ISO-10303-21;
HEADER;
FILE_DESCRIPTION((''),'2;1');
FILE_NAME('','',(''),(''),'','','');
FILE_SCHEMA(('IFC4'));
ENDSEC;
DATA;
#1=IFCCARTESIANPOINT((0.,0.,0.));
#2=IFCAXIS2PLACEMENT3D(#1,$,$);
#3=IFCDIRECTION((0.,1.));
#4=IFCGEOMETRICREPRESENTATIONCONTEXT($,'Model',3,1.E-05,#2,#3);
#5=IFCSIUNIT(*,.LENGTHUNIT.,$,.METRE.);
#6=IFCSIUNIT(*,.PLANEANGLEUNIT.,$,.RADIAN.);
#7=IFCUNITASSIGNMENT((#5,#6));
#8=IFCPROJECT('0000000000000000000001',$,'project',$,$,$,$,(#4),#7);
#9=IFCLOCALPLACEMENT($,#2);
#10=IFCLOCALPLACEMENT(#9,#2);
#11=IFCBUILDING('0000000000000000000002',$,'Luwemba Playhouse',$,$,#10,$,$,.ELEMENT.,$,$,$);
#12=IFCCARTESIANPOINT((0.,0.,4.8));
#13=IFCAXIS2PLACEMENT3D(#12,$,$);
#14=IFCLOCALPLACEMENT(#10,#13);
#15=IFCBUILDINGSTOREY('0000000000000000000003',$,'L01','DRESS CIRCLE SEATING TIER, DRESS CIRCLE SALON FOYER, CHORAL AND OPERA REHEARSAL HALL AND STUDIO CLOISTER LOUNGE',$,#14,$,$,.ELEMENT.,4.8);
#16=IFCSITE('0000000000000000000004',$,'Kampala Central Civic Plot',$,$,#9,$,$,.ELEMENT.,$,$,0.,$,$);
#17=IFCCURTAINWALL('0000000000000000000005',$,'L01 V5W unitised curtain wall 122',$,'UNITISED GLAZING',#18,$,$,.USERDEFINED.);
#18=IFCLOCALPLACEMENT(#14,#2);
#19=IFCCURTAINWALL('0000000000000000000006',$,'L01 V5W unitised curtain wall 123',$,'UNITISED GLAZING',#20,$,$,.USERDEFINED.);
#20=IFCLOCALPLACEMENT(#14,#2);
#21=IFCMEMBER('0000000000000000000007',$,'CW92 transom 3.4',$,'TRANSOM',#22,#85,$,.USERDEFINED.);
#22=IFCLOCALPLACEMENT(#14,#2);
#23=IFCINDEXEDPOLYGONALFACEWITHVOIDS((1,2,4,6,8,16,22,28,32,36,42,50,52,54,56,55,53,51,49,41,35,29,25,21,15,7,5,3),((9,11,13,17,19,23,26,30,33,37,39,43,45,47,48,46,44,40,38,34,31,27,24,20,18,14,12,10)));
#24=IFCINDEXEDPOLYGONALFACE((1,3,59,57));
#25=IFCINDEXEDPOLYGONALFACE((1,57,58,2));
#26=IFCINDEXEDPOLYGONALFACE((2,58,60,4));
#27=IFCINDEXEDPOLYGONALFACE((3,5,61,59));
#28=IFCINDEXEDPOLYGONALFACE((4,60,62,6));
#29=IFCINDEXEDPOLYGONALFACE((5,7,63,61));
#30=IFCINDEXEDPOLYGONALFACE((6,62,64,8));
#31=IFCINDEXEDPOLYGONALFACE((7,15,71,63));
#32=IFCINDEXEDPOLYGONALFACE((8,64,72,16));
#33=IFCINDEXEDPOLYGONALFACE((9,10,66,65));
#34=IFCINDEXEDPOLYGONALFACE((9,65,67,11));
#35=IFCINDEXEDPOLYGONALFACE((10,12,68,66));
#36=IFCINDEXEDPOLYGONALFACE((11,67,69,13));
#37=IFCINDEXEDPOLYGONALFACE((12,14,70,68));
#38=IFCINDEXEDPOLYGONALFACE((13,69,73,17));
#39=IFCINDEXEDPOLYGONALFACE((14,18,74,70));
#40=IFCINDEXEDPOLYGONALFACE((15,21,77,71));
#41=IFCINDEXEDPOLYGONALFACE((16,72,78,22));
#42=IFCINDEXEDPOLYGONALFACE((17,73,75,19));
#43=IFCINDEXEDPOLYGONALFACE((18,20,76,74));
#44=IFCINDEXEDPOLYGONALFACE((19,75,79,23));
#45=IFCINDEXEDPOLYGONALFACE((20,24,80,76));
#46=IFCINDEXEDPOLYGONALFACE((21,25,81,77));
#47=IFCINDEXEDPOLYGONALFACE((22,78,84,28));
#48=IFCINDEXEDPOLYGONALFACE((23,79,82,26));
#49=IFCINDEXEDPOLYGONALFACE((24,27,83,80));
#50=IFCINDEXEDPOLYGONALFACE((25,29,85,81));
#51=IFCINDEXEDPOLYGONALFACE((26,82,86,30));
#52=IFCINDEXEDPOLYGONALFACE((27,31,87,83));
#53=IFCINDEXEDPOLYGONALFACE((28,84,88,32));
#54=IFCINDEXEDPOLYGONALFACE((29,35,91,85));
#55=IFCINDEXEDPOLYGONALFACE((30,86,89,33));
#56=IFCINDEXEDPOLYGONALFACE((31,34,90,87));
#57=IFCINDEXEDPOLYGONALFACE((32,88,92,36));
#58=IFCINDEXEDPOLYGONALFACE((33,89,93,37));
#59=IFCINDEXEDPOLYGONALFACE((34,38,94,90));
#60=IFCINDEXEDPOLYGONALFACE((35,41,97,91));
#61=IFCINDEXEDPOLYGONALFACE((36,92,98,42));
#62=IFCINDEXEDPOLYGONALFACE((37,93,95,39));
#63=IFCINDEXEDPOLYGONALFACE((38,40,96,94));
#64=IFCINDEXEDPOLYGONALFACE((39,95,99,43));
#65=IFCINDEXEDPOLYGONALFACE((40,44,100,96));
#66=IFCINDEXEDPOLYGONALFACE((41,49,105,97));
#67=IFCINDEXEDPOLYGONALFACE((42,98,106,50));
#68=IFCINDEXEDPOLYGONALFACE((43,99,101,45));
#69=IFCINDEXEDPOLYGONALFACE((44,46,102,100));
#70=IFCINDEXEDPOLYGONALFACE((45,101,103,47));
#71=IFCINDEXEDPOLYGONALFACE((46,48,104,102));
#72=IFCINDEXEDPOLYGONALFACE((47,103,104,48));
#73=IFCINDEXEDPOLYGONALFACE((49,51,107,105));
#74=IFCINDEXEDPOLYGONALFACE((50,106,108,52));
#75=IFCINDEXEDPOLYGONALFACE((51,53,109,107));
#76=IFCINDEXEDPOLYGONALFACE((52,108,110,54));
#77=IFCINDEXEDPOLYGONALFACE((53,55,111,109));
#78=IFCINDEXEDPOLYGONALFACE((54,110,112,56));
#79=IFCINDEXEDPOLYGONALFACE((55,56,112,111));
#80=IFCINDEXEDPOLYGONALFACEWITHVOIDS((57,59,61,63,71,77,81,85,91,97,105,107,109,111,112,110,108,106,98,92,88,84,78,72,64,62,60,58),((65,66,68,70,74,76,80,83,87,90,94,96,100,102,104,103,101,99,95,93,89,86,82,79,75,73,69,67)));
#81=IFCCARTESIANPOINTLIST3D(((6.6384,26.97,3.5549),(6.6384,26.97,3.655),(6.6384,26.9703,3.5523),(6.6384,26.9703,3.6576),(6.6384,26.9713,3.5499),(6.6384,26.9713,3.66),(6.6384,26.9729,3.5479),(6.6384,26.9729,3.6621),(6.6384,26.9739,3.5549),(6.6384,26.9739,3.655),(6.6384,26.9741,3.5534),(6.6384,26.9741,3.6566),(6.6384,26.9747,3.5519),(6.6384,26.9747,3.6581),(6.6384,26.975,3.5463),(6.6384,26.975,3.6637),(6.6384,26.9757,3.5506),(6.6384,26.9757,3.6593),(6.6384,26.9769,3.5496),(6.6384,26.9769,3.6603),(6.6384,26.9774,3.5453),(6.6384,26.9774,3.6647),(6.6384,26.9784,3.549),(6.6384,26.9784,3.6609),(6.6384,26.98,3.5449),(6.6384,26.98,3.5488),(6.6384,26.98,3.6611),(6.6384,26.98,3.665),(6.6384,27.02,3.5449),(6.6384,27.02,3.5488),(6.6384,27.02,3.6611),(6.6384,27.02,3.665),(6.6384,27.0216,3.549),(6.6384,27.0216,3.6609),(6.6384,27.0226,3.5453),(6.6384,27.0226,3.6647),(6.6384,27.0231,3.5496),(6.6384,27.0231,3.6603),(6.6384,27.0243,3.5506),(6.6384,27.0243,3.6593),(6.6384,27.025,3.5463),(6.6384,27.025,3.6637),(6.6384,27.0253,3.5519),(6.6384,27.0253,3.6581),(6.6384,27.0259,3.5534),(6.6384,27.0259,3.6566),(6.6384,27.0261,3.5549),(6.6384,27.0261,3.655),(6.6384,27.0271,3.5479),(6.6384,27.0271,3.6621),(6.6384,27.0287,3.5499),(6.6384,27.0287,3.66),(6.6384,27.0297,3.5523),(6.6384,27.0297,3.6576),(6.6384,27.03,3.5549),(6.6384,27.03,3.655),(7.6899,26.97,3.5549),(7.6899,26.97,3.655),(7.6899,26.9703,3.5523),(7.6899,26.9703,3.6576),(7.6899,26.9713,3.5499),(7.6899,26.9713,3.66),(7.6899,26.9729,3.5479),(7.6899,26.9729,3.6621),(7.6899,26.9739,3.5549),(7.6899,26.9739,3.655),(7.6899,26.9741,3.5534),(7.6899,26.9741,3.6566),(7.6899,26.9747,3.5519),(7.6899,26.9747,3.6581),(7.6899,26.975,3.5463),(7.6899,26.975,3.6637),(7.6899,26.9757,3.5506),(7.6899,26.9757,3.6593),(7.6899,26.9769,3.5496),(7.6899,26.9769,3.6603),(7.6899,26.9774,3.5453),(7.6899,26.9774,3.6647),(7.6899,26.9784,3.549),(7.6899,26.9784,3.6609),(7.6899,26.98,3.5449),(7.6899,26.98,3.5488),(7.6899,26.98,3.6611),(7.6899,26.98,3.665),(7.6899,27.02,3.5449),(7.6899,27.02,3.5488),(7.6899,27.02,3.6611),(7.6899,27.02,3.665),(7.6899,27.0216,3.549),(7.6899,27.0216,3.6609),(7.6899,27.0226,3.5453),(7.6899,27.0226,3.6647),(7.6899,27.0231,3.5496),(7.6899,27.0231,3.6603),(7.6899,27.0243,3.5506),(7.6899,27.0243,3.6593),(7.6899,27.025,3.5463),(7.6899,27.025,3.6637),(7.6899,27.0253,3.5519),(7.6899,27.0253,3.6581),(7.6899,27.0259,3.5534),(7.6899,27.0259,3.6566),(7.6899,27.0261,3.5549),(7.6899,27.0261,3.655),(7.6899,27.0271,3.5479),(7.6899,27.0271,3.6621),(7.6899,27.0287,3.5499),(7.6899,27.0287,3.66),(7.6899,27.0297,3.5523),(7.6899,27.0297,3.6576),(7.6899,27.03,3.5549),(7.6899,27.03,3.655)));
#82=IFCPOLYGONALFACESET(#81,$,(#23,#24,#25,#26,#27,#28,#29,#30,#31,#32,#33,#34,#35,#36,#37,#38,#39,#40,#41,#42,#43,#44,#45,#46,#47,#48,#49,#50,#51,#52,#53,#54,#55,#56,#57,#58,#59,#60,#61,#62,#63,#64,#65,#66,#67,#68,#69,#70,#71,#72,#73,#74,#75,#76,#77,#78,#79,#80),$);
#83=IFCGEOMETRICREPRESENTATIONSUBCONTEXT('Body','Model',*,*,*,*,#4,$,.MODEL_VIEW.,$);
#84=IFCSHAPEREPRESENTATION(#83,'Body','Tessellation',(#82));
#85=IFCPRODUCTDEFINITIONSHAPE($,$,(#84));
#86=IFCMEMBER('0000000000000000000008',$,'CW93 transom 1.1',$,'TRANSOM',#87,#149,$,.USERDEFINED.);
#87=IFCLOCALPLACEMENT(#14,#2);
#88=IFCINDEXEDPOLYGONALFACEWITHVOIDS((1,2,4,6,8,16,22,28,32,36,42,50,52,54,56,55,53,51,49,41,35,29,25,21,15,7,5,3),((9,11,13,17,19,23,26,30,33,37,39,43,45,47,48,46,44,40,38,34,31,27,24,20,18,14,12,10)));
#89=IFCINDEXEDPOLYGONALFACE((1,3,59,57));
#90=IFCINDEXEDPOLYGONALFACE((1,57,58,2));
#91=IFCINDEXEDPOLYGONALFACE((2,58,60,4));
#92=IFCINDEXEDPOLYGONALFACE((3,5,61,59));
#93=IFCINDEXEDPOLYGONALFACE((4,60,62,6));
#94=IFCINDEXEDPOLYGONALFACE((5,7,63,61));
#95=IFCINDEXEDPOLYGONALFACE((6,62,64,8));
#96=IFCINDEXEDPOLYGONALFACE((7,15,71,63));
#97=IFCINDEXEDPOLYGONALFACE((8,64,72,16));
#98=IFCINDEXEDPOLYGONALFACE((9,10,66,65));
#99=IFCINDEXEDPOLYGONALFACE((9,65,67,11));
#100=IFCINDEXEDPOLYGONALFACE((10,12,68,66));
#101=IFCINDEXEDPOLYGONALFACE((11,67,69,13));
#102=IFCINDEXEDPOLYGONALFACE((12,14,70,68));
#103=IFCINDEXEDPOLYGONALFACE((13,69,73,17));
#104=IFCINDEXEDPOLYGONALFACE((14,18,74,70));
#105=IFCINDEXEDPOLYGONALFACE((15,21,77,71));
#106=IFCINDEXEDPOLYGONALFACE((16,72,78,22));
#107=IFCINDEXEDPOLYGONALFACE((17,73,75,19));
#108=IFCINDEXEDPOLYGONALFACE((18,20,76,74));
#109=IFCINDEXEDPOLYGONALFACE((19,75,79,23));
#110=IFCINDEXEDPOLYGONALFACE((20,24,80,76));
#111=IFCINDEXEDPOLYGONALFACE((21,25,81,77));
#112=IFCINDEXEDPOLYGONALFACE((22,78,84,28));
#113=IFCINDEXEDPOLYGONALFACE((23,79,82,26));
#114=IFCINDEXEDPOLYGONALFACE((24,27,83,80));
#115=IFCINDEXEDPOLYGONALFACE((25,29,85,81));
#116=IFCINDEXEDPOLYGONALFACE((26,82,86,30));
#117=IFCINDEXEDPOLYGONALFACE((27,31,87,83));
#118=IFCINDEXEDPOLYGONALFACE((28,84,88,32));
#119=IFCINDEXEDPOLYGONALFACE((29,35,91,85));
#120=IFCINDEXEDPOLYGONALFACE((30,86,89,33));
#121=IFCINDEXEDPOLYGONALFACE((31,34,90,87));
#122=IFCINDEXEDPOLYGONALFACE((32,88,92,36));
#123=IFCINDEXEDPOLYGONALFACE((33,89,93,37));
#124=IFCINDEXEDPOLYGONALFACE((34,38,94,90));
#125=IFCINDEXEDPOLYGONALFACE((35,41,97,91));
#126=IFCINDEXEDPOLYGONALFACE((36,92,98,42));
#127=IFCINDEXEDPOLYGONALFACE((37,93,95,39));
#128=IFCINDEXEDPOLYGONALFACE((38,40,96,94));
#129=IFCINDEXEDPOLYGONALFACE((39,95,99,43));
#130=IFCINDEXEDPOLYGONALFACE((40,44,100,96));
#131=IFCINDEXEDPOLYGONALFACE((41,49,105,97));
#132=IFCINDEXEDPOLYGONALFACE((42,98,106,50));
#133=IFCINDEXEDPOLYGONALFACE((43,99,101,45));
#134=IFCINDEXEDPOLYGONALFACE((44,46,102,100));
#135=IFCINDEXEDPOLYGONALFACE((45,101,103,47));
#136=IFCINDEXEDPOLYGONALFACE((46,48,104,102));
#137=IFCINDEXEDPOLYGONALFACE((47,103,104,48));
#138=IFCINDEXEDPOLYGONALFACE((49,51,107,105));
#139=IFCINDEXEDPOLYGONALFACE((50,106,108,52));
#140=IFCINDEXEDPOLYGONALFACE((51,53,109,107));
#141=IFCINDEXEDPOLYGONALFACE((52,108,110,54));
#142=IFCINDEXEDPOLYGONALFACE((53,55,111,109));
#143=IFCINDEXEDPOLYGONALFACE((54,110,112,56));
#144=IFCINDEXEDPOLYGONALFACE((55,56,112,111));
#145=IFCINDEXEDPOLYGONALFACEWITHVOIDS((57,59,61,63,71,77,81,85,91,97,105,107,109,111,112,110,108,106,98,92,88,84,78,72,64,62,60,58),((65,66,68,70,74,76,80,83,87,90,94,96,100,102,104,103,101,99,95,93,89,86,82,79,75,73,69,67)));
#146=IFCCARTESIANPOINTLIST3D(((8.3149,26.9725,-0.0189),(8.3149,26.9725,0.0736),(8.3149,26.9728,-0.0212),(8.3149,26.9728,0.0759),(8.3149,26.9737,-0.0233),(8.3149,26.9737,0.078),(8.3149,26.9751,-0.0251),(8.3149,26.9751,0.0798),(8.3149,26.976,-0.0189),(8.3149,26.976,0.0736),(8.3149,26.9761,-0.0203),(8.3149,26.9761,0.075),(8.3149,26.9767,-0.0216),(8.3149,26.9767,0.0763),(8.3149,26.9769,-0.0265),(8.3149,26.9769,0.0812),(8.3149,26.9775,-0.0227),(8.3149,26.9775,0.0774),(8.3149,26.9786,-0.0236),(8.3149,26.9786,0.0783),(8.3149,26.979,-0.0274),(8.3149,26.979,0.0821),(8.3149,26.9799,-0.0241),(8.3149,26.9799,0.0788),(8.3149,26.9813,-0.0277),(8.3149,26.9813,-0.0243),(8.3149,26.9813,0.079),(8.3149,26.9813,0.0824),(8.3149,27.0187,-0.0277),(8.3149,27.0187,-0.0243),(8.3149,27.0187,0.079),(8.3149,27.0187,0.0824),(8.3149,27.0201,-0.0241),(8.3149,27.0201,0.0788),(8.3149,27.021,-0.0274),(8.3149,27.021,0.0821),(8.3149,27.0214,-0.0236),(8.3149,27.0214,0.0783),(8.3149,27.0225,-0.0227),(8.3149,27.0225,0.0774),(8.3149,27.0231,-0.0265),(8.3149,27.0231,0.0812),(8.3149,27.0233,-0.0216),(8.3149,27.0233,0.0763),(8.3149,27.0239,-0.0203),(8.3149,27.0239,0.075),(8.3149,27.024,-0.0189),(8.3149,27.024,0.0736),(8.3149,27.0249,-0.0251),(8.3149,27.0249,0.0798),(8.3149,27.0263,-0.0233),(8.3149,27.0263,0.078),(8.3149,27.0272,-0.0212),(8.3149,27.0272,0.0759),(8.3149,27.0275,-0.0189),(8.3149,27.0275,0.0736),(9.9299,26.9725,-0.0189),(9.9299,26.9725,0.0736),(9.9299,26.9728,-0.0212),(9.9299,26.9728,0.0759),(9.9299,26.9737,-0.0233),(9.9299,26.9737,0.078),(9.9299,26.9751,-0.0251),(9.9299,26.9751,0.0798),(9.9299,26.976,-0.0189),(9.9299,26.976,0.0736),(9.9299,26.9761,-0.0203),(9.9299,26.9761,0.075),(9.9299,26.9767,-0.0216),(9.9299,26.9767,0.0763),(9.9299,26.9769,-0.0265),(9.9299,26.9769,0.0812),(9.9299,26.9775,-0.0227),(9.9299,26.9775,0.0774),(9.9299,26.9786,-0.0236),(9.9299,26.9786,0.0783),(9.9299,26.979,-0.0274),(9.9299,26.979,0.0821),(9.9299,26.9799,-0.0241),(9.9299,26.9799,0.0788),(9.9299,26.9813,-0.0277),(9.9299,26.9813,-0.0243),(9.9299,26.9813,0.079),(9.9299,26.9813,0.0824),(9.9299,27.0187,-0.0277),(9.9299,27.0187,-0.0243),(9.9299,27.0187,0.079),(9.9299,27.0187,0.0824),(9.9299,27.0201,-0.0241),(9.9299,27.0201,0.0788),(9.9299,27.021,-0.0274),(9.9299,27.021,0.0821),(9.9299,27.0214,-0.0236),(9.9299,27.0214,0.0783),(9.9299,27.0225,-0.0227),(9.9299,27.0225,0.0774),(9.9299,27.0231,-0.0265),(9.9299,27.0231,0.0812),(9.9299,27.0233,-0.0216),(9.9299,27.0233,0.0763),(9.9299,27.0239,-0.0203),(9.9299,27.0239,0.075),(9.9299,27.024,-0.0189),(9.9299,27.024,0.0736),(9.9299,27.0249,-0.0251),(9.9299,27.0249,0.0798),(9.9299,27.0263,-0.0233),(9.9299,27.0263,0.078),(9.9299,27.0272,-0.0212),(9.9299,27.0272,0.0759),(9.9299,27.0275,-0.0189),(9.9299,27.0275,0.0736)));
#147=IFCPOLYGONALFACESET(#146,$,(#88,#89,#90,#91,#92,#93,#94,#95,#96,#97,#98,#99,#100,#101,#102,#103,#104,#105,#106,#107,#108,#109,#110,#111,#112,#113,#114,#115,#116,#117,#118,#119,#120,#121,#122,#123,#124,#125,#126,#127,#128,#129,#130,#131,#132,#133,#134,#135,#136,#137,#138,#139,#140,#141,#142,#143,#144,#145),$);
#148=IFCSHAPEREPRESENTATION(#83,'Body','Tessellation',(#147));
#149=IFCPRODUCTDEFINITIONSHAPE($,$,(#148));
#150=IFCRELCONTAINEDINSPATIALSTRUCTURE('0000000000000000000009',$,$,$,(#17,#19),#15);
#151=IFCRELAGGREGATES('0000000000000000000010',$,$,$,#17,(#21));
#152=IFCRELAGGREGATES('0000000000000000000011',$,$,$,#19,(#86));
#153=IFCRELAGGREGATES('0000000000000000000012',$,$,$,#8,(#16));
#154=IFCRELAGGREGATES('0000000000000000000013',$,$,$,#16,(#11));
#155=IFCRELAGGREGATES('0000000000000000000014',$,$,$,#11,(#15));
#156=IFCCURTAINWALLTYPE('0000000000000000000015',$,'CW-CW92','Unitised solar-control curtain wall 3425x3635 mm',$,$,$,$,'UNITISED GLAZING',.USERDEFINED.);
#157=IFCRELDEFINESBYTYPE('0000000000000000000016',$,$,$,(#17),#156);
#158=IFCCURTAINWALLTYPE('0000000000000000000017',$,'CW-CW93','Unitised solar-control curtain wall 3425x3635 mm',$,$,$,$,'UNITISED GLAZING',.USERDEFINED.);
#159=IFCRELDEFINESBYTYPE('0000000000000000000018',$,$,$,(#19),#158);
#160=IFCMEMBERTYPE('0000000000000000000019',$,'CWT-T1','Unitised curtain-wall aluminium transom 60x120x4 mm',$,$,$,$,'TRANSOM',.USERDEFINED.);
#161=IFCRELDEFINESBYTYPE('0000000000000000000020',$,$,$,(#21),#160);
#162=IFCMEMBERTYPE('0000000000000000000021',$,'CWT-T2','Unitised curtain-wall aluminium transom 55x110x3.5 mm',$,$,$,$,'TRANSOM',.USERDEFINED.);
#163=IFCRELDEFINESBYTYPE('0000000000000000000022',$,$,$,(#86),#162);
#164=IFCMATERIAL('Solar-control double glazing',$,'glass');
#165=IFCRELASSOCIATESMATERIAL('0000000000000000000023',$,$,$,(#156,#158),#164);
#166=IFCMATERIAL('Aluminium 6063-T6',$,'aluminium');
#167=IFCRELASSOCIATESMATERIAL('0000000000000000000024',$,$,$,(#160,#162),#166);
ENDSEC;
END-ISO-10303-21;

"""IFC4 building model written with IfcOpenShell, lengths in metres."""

from ifc_helpers import new_model, si_unit, direction, frame, origin, origin_2d, place, context, subcontext, project, spatial, hollow_rectangle, extrude, material, material_profile, profile_set, type_object, element, aggregate, save


model = new_model("IFC4")

# Units and contexts
model_context = context("Model", 3, precision=1e-05, world=origin(), true_north=direction((0.0, 1.0)))
body_context = subcontext(model_context, "Body", "Model", "MODEL_VIEW")
ifc_project = project(units=[si_unit("LENGTHUNIT", "METRE"), si_unit("PLANEANGLEUNIT", "RADIAN")], contexts=[model_context])

# Site, building, storey
site_placement = place(None, origin())
site = spatial("IfcSite", under=ifc_project, at=site_placement, Name="Kampala Central Civic Plot", CompositionType="ELEMENT", RefElevation=0.0)
building_placement = place(site_placement, origin())
building = spatial("IfcBuilding", under=site, at=building_placement, Name="Luwemba Playhouse", CompositionType="ELEMENT")
storey_placement = place(building_placement, frame((0.0, 0.0, 4.8)))
storey = spatial("IfcBuildingStorey", under=building, at=storey_placement, Name="L01", Description="DRESS CIRCLE SEATING TIER, DRESS CIRCLE SALON FOYER, CHORAL AND OPERA REHEARSAL HALL AND STUDIO CLOISTER LOUNGE", CompositionType="ELEMENT", Elevation=4.8)

# Curtain wall
ifc_material_1 = material(Name="Solar-control double glazing", Category="glass")
curtain_wall_type_1 = type_object("IfcCurtainWallType", Name="CW-CW92", Description="Unitised solar-control curtain wall 3425x3635 mm", ElementType="UNITISED GLAZING", PredefinedType="USERDEFINED", material=ifc_material_1)
curtain_wall_1_placement = place(storey_placement, origin())
curtain_wall_1 = element("IfcCurtainWall", 1, at=curtain_wall_1_placement, inside=storey, type_object=curtain_wall_type_1, Name="L01 V5W unitised curtain wall 122", ObjectType="UNITISED GLAZING", PredefinedType="USERDEFINED")
ifc_material_2 = material(Name="Aluminium 6063-T6", Category="aluminium")

# Curtain wall
curtain_wall_type_2 = type_object("IfcCurtainWallType", Name="CW-CW93", Description="Unitised solar-control curtain wall 3425x3635 mm", ElementType="UNITISED GLAZING", PredefinedType="USERDEFINED", material=ifc_material_1)
curtain_wall_2_placement = place(storey_placement, origin())
curtain_wall_2 = element("IfcCurtainWall", 2, at=curtain_wall_2_placement, inside=storey, type_object=curtain_wall_type_2, Name="L01 V5W unitised curtain wall 123", ObjectType="UNITISED GLAZING", PredefinedType="USERDEFINED")

# Members
ifc_material_profile_1 = material_profile(ifc_material_2, hollow_rectangle(XDim=0.0601, YDim=0.1201, WallThickness=0.0039, InnerFilletRadius=0.0061, OuterFilletRadius=0.01, at=origin_2d()))
ifc_profile_set_1 = profile_set([ifc_material_profile_1], Name="Aluminium 6063-T6")
member_type_1 = type_object("IfcMemberType", Name="CWT-T1", Description="Unitised curtain-wall aluminium transom 60x120x4 mm", ElementType="TRANSOM", PredefinedType="USERDEFINED", material=ifc_profile_set_1)
member_1_placement = place(storey_placement, frame((6.6384, 27.0, 3.605), z_axis=(1.0, 0.0, 0.0), x_axis=(0.0, 1.0, 0.0)))
member_1 = element("IfcMember", 3, at=member_1_placement, type_object=member_type_1, Name="CW92 transom 3.4", ObjectType="TRANSOM", PredefinedType="USERDEFINED", context=body_context, shape_type="SweptSolid", body=[
    extrude(hollow_rectangle(XDim=0.0601, YDim=0.1201, WallThickness=0.0039, InnerFilletRadius=0.0061, OuterFilletRadius=0.01, at=origin_2d()), origin(), (0.0, 0.0, 1.0), 1.0515),
])
ifc_material_profile_2 = material_profile(ifc_material_2, hollow_rectangle(XDim=0.0549, YDim=0.1101, WallThickness=0.0034, InnerFilletRadius=0.0054, OuterFilletRadius=0.0088, at=origin_2d()))
ifc_profile_set_2 = profile_set([ifc_material_profile_2], Name="Aluminium 6063-T6")
member_type_2 = type_object("IfcMemberType", Name="CWT-T2", Description="Unitised curtain-wall aluminium transom 55x110x3.5 mm", ElementType="TRANSOM", PredefinedType="USERDEFINED", material=ifc_profile_set_2)
member_2_placement = place(storey_placement, frame((8.3149, 27.0, 0.0273), z_axis=(1.0, 0.0, 0.0), x_axis=(0.0, 1.0, 0.0)))
member_2 = element("IfcMember", 4, at=member_2_placement, type_object=member_type_2, Name="CW93 transom 1.1", ObjectType="TRANSOM", PredefinedType="USERDEFINED", context=body_context, shape_type="SweptSolid", body=[
    extrude(hollow_rectangle(XDim=0.0549, YDim=0.1101, WallThickness=0.0034, InnerFilletRadius=0.0054, OuterFilletRadius=0.0088, at=origin_2d()), origin(), (0.0, 0.0, 1.0), 1.615),
])

aggregate(curtain_wall_1, [member_1])
aggregate(curtain_wall_2, [member_2])

save(model, "model.ifc")
